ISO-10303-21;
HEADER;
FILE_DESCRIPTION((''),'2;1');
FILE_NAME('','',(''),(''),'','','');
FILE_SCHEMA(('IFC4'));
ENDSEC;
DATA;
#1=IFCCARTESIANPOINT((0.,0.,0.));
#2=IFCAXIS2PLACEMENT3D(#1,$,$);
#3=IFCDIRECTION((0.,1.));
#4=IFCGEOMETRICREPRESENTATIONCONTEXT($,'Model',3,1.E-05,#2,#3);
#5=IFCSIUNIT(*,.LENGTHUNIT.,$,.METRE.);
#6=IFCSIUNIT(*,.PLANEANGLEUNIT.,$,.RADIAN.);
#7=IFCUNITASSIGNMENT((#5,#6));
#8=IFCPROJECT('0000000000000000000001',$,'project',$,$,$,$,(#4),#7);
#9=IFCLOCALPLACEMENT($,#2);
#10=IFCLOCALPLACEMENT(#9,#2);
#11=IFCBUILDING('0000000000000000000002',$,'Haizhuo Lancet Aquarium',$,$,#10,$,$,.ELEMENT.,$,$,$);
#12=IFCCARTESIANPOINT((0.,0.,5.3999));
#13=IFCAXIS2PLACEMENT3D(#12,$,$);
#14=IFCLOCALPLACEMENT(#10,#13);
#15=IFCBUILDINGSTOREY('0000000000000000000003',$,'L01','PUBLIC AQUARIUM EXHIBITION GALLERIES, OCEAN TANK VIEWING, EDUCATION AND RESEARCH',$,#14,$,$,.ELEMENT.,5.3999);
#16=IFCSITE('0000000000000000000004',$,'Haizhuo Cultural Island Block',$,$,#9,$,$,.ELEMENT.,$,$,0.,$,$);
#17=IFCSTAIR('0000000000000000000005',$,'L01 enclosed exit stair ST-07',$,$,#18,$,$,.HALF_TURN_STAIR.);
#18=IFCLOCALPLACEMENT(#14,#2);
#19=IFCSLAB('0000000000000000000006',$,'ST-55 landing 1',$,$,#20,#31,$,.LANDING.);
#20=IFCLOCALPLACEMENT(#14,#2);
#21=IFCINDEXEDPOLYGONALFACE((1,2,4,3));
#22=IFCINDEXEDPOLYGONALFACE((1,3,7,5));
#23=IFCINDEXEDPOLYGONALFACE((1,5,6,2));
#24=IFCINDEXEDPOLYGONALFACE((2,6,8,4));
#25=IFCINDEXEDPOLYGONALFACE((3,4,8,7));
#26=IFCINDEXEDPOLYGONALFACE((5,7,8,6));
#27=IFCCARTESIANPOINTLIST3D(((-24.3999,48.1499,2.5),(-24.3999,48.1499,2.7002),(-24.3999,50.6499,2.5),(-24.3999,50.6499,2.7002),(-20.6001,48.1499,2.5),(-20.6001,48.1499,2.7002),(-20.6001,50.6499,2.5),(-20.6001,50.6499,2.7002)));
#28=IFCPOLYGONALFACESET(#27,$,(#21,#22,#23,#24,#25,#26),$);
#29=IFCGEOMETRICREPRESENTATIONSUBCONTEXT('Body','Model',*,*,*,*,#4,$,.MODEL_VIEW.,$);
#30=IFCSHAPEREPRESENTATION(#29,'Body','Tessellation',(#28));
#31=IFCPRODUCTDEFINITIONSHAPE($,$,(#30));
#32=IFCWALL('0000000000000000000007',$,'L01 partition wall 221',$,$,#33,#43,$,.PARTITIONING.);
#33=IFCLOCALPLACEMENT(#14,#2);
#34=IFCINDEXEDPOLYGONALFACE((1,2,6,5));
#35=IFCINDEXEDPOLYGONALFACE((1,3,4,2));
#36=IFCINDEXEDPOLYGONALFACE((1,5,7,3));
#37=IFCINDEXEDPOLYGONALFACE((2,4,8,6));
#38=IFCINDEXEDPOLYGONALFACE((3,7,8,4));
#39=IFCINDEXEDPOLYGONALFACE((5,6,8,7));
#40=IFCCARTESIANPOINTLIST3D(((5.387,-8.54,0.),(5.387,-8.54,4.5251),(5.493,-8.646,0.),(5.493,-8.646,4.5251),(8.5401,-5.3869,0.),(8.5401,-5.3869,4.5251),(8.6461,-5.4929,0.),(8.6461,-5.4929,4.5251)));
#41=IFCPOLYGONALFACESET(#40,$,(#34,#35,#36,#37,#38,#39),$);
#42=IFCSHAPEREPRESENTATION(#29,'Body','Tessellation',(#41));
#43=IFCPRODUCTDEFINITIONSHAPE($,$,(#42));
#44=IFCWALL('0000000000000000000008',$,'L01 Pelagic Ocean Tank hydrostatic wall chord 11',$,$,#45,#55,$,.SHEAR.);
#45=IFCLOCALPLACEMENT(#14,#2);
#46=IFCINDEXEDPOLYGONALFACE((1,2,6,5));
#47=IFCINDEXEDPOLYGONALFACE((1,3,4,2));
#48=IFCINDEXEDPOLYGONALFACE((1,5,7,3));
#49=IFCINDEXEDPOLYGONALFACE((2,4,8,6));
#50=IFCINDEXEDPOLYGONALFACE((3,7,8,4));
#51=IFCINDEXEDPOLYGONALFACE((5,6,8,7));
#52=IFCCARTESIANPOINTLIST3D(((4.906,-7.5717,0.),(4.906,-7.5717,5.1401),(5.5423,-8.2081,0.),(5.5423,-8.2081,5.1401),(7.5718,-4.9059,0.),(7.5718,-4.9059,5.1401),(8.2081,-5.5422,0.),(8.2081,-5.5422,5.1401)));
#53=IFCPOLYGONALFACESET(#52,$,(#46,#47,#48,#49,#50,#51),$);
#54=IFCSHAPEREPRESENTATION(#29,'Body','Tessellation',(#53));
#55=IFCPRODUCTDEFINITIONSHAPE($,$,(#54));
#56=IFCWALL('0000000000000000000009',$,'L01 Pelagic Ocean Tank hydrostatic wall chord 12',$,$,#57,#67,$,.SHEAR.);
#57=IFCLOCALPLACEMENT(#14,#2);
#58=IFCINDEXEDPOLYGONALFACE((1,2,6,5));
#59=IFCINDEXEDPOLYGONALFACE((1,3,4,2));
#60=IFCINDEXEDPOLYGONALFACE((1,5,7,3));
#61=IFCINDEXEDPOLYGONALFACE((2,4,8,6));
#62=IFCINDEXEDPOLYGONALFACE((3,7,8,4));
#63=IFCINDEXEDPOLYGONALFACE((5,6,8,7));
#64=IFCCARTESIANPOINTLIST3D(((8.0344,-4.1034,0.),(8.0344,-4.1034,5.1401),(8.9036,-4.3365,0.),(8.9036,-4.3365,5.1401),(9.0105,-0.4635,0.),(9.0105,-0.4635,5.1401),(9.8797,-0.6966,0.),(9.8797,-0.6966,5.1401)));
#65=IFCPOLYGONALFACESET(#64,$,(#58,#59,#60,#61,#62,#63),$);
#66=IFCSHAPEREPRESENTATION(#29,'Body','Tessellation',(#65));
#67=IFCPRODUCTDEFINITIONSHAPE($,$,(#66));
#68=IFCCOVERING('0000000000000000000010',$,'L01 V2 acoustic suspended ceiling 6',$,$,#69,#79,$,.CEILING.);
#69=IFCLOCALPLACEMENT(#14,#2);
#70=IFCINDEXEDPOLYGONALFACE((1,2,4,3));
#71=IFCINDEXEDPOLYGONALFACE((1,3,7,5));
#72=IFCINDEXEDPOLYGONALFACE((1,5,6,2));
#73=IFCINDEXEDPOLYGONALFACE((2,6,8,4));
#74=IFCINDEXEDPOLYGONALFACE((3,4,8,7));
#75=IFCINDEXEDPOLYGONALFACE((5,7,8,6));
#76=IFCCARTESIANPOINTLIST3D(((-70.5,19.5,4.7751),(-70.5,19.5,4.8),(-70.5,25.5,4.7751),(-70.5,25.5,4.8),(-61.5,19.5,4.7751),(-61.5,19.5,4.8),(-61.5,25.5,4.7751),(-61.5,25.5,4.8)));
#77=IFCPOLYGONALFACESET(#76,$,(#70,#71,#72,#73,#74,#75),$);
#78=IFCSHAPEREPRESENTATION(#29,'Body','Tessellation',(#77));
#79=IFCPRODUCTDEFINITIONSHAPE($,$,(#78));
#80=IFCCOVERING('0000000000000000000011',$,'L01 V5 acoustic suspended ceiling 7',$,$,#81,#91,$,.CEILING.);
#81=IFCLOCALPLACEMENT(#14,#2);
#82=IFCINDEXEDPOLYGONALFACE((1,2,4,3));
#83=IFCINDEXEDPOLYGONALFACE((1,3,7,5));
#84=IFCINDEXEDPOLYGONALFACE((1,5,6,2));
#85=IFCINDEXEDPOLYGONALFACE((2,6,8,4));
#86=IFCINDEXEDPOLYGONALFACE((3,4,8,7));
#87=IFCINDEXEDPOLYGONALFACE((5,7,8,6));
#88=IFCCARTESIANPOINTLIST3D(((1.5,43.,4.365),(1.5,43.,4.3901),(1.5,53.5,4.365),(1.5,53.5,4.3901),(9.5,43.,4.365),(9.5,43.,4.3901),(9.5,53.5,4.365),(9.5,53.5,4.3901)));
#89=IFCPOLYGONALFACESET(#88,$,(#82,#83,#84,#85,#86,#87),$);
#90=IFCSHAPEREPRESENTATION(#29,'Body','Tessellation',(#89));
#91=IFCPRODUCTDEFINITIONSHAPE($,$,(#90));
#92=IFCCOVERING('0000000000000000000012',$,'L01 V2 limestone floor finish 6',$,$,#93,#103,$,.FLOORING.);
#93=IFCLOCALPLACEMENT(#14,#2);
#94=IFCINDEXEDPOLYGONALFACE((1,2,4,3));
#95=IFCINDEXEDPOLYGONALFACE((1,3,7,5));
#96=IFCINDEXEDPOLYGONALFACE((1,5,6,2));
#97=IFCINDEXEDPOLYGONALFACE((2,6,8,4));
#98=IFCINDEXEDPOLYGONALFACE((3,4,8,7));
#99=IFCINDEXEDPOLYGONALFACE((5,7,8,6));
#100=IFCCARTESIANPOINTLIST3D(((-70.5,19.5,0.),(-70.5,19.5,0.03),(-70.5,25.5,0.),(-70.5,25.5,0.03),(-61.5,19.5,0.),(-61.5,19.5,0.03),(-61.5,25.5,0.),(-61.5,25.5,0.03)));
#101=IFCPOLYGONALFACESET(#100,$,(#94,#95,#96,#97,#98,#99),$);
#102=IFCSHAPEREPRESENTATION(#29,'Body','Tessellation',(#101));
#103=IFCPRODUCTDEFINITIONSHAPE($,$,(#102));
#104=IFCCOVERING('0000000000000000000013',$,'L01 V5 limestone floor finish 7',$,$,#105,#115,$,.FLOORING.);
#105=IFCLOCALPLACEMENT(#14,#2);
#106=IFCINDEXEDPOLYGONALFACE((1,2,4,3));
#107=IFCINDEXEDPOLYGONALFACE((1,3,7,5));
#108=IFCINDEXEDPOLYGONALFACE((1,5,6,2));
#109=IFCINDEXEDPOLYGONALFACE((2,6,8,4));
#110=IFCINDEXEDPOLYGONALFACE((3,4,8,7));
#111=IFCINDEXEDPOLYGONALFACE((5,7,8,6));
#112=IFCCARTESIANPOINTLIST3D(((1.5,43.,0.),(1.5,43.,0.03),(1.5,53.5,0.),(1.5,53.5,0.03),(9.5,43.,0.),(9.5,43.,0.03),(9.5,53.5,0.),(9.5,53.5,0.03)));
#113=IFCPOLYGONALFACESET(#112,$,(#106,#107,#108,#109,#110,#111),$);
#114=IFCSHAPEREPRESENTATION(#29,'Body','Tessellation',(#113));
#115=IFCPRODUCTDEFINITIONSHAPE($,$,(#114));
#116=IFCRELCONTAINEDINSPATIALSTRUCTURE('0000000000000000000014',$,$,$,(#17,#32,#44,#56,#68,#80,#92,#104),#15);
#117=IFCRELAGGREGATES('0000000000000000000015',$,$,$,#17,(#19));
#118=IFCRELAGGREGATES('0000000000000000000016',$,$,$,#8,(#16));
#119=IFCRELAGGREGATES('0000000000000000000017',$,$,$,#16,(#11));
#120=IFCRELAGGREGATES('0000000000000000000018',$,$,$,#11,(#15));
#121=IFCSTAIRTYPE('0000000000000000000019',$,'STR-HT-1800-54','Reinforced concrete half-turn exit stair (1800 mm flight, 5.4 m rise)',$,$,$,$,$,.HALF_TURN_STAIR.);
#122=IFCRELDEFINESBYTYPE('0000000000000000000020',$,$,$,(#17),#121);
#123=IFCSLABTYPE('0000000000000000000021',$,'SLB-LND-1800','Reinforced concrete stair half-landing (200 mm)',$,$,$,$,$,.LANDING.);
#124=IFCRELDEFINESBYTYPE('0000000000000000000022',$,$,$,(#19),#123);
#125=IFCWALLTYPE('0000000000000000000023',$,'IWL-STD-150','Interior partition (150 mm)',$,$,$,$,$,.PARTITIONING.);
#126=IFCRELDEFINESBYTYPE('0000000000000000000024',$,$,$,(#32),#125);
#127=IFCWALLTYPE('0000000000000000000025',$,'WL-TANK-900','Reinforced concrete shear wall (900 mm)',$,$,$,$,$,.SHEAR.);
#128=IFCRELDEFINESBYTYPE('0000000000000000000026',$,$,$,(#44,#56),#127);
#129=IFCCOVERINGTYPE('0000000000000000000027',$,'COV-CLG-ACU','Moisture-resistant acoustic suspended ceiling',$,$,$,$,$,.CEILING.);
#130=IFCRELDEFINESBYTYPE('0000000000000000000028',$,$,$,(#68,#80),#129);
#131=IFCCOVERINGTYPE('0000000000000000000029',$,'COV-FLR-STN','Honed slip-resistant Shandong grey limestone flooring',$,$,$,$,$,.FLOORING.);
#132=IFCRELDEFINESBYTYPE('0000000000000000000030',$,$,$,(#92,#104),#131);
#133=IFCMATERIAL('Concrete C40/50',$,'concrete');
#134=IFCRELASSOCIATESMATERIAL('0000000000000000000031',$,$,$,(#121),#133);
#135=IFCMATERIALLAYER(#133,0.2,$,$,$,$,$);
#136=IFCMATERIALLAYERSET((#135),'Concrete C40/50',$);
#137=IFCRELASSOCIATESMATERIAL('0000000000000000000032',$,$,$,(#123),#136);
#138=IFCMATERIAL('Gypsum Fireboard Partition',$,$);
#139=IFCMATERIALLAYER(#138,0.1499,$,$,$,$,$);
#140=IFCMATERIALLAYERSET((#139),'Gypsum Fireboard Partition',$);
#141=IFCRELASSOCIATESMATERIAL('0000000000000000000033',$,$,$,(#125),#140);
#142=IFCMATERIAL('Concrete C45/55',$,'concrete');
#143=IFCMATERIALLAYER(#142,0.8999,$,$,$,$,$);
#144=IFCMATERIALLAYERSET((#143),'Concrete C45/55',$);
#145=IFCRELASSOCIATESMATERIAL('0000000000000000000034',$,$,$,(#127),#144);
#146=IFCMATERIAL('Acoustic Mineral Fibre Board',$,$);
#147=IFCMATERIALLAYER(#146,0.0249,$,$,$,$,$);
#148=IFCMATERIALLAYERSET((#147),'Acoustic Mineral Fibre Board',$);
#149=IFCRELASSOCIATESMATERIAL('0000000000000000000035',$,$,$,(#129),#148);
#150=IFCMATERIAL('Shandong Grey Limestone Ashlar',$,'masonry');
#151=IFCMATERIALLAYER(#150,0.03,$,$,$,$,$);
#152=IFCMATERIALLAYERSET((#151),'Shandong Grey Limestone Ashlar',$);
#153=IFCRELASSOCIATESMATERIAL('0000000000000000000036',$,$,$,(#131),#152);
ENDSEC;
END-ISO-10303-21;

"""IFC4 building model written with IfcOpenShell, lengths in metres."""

from ifc_helpers import new_model, si_unit, direction, frame, frame_2d, origin, place, context, subcontext, project, spatial, polyline, rectangle, outline, extrude, material, layer, layer_set, type_object, element, aggregate, save


model = new_model("IFC4")

# Units and contexts
model_context = context("Model", 3, precision=1e-05, world=origin(), true_north=direction((0.0, 1.0)))
body_context = subcontext(model_context, "Body", "Model", "MODEL_VIEW")
ifc_project = project(units=[si_unit("LENGTHUNIT", "METRE"), si_unit("PLANEANGLEUNIT", "RADIAN")], contexts=[model_context])

# Site, building, storey
site_placement = place(None, origin())
site = spatial("IfcSite", under=ifc_project, at=site_placement, Name="Haizhuo Cultural Island Block", CompositionType="ELEMENT", RefElevation=0.0)
building_placement = place(site_placement, origin())
building = spatial("IfcBuilding", under=site, at=building_placement, Name="Haizhuo Lancet Aquarium", CompositionType="ELEMENT")
storey_placement = place(building_placement, frame((0.0, 0.0, 5.3999)))
storey = spatial("IfcBuildingStorey", under=building, at=storey_placement, Name="L01", Description="PUBLIC AQUARIUM EXHIBITION GALLERIES, OCEAN TANK VIEWING, EDUCATION AND RESEARCH", CompositionType="ELEMENT", Elevation=5.3999)

# Shared definitions
ifc_material_1 = material(Name="Concrete C40/50", Category="concrete")

# Stair, slab
stair_type_1 = type_object("IfcStairType", Name="STR-HT-1800-54", Description="Reinforced concrete half-turn exit stair (1800 mm flight, 5.4 m rise)", PredefinedType="HALF_TURN_STAIR", material=ifc_material_1)
stair_1_placement = place(storey_placement, origin())
stair_1 = element("IfcStair", 1, at=stair_1_placement, inside=storey, type_object=stair_type_1, Name="L01 enclosed exit stair ST-07", PredefinedType="HALF_TURN_STAIR")
ifc_layer_1 = layer(ifc_material_1, 0.2)
ifc_layer_set_1 = layer_set([ifc_layer_1], Name="Concrete C40/50")
slab_type_1 = type_object("IfcSlabType", Name="SLB-LND-1800", Description="Reinforced concrete stair half-landing (200 mm)", PredefinedType="LANDING", material=ifc_layer_set_1)
slab_1_placement = place(storey_placement, frame((0.0, 0.0, 2.5)))
slab_1 = element("IfcSlab", 2, at=slab_1_placement, type_object=slab_type_1, Name="ST-55 landing 1", PredefinedType="LANDING", context=body_context, shape_type="SweptSolid", body=[
    extrude(outline(polyline([(-20.6001, 48.1499), (-20.6001, 50.6499), (-24.3999, 50.6499), (-24.3999, 48.1499), (-20.6001, 48.1499)])), origin(), (0.0, 0.0, 1.0), 0.2002),
])
aggregate(stair_1, [slab_1])

# Walls
ifc_material_2 = material(Name="Gypsum Fireboard Partition")
ifc_layer_2 = layer(ifc_material_2, 0.1499)
ifc_layer_set_2 = layer_set([ifc_layer_2], Name="Gypsum Fireboard Partition")
wall_type_1 = type_object("IfcWallType", Name="IWL-STD-150", Description="Interior partition (150 mm)", PredefinedType="PARTITIONING", material=ifc_layer_set_2)
wall_1_placement = place(storey_placement, frame((8.593, -5.4399, 0.0), z_axis=(0.0, 0.0, 1.0), x_axis=(-0.707107, -0.707107, 0.0)))
element("IfcWall", 3, at=wall_1_placement, inside=storey, type_object=wall_type_1, Name="L01 partition wall 221", PredefinedType="PARTITIONING", context=body_context, shape_type="SweptSolid", body=[
    extrude(rectangle(XDim=4.4592, YDim=0.1499, at=frame_2d((2.2295, 0.0))), origin(), (0.0, 0.0, 1.0), 4.5251),
])
ifc_material_3 = material(Name="Concrete C45/55", Category="concrete")
ifc_layer_3 = layer(ifc_material_3, 0.8999)
ifc_layer_set_3 = layer_set([ifc_layer_3], Name="Concrete C45/55")
wall_type_2 = type_object("IfcWallType", Name="WL-TANK-900", Description="Reinforced concrete shear wall (900 mm)", PredefinedType="SHEAR", material=ifc_layer_set_3)
wall_2_placement = place(storey_placement, frame((5.2241, -7.8899, 0.0), z_axis=(0.0, 0.0, 1.0), x_axis=(0.707107, 0.707107, 0.0)))
element("IfcWall", 4, at=wall_2_placement, inside=storey, type_object=wall_type_2, Name="L01 Pelagic Ocean Tank hydrostatic wall chord 11", PredefinedType="SHEAR", context=body_context, shape_type="SweptSolid", body=[
    extrude(rectangle(XDim=3.77, YDim=0.8999, at=frame_2d((1.885, 0.0))), origin(), (0.0, 0.0, 1.0), 5.1401),
])
wall_3_placement = place(storey_placement, frame((8.469, -4.22, 0.0), z_axis=(0.0, 0.0, 1.0), x_axis=(0.259009, 0.965875, 0.0)))
element("IfcWall", 5, at=wall_3_placement, inside=storey, type_object=wall_type_2, Name="L01 Pelagic Ocean Tank hydrostatic wall chord 12", PredefinedType="SHEAR", context=body_context, shape_type="SweptSolid", body=[
    extrude(rectangle(XDim=3.7686, YDim=0.8999, at=frame_2d((1.8843, 0.0))), origin(), (0.0, 0.0, 1.0), 5.1401),
])

# Coverings
ifc_material_4 = material(Name="Acoustic Mineral Fibre Board")
ifc_layer_4 = layer(ifc_material_4, 0.0249)
ifc_layer_set_4 = layer_set([ifc_layer_4], Name="Acoustic Mineral Fibre Board")
covering_type_1 = type_object("IfcCoveringType", Name="COV-CLG-ACU", Description="Moisture-resistant acoustic suspended ceiling", PredefinedType="CEILING", material=ifc_layer_set_4)
covering_1_placement = place(storey_placement, frame((0.0, 0.0, 4.7751)))
element("IfcCovering", 6, at=covering_1_placement, inside=storey, type_object=covering_type_1, Name="L01 V2 acoustic suspended ceiling 6", PredefinedType="CEILING", context=body_context, shape_type="SweptSolid", body=[
    extrude(outline(polyline([(-70.5, 19.5), (-61.5, 19.5), (-61.5, 25.5), (-70.5, 25.5), (-70.5, 19.5)])), origin(), (0.0, 0.0, 1.0), 0.0249),
])
covering_2_placement = place(storey_placement, frame((0.0, 0.0, 4.365)))
element("IfcCovering", 7, at=covering_2_placement, inside=storey, type_object=covering_type_1, Name="L01 V5 acoustic suspended ceiling 7", PredefinedType="CEILING", context=body_context, shape_type="SweptSolid", body=[
    extrude(outline(polyline([(1.5, 43.0), (9.5, 43.0), (9.5, 53.5), (1.5, 53.5), (1.5, 43.0)])), origin(), (0.0, 0.0, 1.0), 0.0251),
])
ifc_material_5 = material(Name="Shandong Grey Limestone Ashlar", Category="masonry")
ifc_layer_5 = layer(ifc_material_5, 0.03)
ifc_layer_set_5 = layer_set([ifc_layer_5], Name="Shandong Grey Limestone Ashlar")
covering_type_2 = type_object("IfcCoveringType", Name="COV-FLR-STN", Description="Honed slip-resistant Shandong grey limestone flooring", PredefinedType="FLOORING", material=ifc_layer_set_5)
covering_3_placement = place(storey_placement, origin())
element("IfcCovering", 8, at=covering_3_placement, inside=storey, type_object=covering_type_2, Name="L01 V2 limestone floor finish 6", PredefinedType="FLOORING", context=body_context, shape_type="SweptSolid", body=[
    extrude(outline(polyline([(-70.5, 19.5), (-61.5, 19.5), (-61.5, 25.5), (-70.5, 25.5), (-70.5, 19.5)])), origin(), (0.0, 0.0, 1.0), 0.03),
])
covering_4_placement = place(storey_placement, origin())
element("IfcCovering", 9, at=covering_4_placement, inside=storey, type_object=covering_type_2, Name="L01 V5 limestone floor finish 7", PredefinedType="FLOORING", context=body_context, shape_type="SweptSolid", body=[
    extrude(outline(polyline([(1.5, 43.0), (9.5, 43.0), (9.5, 53.5), (1.5, 53.5), (1.5, 43.0)])), origin(), (0.0, 0.0, 1.0), 0.03),
])

save(model, "model.ifc")
